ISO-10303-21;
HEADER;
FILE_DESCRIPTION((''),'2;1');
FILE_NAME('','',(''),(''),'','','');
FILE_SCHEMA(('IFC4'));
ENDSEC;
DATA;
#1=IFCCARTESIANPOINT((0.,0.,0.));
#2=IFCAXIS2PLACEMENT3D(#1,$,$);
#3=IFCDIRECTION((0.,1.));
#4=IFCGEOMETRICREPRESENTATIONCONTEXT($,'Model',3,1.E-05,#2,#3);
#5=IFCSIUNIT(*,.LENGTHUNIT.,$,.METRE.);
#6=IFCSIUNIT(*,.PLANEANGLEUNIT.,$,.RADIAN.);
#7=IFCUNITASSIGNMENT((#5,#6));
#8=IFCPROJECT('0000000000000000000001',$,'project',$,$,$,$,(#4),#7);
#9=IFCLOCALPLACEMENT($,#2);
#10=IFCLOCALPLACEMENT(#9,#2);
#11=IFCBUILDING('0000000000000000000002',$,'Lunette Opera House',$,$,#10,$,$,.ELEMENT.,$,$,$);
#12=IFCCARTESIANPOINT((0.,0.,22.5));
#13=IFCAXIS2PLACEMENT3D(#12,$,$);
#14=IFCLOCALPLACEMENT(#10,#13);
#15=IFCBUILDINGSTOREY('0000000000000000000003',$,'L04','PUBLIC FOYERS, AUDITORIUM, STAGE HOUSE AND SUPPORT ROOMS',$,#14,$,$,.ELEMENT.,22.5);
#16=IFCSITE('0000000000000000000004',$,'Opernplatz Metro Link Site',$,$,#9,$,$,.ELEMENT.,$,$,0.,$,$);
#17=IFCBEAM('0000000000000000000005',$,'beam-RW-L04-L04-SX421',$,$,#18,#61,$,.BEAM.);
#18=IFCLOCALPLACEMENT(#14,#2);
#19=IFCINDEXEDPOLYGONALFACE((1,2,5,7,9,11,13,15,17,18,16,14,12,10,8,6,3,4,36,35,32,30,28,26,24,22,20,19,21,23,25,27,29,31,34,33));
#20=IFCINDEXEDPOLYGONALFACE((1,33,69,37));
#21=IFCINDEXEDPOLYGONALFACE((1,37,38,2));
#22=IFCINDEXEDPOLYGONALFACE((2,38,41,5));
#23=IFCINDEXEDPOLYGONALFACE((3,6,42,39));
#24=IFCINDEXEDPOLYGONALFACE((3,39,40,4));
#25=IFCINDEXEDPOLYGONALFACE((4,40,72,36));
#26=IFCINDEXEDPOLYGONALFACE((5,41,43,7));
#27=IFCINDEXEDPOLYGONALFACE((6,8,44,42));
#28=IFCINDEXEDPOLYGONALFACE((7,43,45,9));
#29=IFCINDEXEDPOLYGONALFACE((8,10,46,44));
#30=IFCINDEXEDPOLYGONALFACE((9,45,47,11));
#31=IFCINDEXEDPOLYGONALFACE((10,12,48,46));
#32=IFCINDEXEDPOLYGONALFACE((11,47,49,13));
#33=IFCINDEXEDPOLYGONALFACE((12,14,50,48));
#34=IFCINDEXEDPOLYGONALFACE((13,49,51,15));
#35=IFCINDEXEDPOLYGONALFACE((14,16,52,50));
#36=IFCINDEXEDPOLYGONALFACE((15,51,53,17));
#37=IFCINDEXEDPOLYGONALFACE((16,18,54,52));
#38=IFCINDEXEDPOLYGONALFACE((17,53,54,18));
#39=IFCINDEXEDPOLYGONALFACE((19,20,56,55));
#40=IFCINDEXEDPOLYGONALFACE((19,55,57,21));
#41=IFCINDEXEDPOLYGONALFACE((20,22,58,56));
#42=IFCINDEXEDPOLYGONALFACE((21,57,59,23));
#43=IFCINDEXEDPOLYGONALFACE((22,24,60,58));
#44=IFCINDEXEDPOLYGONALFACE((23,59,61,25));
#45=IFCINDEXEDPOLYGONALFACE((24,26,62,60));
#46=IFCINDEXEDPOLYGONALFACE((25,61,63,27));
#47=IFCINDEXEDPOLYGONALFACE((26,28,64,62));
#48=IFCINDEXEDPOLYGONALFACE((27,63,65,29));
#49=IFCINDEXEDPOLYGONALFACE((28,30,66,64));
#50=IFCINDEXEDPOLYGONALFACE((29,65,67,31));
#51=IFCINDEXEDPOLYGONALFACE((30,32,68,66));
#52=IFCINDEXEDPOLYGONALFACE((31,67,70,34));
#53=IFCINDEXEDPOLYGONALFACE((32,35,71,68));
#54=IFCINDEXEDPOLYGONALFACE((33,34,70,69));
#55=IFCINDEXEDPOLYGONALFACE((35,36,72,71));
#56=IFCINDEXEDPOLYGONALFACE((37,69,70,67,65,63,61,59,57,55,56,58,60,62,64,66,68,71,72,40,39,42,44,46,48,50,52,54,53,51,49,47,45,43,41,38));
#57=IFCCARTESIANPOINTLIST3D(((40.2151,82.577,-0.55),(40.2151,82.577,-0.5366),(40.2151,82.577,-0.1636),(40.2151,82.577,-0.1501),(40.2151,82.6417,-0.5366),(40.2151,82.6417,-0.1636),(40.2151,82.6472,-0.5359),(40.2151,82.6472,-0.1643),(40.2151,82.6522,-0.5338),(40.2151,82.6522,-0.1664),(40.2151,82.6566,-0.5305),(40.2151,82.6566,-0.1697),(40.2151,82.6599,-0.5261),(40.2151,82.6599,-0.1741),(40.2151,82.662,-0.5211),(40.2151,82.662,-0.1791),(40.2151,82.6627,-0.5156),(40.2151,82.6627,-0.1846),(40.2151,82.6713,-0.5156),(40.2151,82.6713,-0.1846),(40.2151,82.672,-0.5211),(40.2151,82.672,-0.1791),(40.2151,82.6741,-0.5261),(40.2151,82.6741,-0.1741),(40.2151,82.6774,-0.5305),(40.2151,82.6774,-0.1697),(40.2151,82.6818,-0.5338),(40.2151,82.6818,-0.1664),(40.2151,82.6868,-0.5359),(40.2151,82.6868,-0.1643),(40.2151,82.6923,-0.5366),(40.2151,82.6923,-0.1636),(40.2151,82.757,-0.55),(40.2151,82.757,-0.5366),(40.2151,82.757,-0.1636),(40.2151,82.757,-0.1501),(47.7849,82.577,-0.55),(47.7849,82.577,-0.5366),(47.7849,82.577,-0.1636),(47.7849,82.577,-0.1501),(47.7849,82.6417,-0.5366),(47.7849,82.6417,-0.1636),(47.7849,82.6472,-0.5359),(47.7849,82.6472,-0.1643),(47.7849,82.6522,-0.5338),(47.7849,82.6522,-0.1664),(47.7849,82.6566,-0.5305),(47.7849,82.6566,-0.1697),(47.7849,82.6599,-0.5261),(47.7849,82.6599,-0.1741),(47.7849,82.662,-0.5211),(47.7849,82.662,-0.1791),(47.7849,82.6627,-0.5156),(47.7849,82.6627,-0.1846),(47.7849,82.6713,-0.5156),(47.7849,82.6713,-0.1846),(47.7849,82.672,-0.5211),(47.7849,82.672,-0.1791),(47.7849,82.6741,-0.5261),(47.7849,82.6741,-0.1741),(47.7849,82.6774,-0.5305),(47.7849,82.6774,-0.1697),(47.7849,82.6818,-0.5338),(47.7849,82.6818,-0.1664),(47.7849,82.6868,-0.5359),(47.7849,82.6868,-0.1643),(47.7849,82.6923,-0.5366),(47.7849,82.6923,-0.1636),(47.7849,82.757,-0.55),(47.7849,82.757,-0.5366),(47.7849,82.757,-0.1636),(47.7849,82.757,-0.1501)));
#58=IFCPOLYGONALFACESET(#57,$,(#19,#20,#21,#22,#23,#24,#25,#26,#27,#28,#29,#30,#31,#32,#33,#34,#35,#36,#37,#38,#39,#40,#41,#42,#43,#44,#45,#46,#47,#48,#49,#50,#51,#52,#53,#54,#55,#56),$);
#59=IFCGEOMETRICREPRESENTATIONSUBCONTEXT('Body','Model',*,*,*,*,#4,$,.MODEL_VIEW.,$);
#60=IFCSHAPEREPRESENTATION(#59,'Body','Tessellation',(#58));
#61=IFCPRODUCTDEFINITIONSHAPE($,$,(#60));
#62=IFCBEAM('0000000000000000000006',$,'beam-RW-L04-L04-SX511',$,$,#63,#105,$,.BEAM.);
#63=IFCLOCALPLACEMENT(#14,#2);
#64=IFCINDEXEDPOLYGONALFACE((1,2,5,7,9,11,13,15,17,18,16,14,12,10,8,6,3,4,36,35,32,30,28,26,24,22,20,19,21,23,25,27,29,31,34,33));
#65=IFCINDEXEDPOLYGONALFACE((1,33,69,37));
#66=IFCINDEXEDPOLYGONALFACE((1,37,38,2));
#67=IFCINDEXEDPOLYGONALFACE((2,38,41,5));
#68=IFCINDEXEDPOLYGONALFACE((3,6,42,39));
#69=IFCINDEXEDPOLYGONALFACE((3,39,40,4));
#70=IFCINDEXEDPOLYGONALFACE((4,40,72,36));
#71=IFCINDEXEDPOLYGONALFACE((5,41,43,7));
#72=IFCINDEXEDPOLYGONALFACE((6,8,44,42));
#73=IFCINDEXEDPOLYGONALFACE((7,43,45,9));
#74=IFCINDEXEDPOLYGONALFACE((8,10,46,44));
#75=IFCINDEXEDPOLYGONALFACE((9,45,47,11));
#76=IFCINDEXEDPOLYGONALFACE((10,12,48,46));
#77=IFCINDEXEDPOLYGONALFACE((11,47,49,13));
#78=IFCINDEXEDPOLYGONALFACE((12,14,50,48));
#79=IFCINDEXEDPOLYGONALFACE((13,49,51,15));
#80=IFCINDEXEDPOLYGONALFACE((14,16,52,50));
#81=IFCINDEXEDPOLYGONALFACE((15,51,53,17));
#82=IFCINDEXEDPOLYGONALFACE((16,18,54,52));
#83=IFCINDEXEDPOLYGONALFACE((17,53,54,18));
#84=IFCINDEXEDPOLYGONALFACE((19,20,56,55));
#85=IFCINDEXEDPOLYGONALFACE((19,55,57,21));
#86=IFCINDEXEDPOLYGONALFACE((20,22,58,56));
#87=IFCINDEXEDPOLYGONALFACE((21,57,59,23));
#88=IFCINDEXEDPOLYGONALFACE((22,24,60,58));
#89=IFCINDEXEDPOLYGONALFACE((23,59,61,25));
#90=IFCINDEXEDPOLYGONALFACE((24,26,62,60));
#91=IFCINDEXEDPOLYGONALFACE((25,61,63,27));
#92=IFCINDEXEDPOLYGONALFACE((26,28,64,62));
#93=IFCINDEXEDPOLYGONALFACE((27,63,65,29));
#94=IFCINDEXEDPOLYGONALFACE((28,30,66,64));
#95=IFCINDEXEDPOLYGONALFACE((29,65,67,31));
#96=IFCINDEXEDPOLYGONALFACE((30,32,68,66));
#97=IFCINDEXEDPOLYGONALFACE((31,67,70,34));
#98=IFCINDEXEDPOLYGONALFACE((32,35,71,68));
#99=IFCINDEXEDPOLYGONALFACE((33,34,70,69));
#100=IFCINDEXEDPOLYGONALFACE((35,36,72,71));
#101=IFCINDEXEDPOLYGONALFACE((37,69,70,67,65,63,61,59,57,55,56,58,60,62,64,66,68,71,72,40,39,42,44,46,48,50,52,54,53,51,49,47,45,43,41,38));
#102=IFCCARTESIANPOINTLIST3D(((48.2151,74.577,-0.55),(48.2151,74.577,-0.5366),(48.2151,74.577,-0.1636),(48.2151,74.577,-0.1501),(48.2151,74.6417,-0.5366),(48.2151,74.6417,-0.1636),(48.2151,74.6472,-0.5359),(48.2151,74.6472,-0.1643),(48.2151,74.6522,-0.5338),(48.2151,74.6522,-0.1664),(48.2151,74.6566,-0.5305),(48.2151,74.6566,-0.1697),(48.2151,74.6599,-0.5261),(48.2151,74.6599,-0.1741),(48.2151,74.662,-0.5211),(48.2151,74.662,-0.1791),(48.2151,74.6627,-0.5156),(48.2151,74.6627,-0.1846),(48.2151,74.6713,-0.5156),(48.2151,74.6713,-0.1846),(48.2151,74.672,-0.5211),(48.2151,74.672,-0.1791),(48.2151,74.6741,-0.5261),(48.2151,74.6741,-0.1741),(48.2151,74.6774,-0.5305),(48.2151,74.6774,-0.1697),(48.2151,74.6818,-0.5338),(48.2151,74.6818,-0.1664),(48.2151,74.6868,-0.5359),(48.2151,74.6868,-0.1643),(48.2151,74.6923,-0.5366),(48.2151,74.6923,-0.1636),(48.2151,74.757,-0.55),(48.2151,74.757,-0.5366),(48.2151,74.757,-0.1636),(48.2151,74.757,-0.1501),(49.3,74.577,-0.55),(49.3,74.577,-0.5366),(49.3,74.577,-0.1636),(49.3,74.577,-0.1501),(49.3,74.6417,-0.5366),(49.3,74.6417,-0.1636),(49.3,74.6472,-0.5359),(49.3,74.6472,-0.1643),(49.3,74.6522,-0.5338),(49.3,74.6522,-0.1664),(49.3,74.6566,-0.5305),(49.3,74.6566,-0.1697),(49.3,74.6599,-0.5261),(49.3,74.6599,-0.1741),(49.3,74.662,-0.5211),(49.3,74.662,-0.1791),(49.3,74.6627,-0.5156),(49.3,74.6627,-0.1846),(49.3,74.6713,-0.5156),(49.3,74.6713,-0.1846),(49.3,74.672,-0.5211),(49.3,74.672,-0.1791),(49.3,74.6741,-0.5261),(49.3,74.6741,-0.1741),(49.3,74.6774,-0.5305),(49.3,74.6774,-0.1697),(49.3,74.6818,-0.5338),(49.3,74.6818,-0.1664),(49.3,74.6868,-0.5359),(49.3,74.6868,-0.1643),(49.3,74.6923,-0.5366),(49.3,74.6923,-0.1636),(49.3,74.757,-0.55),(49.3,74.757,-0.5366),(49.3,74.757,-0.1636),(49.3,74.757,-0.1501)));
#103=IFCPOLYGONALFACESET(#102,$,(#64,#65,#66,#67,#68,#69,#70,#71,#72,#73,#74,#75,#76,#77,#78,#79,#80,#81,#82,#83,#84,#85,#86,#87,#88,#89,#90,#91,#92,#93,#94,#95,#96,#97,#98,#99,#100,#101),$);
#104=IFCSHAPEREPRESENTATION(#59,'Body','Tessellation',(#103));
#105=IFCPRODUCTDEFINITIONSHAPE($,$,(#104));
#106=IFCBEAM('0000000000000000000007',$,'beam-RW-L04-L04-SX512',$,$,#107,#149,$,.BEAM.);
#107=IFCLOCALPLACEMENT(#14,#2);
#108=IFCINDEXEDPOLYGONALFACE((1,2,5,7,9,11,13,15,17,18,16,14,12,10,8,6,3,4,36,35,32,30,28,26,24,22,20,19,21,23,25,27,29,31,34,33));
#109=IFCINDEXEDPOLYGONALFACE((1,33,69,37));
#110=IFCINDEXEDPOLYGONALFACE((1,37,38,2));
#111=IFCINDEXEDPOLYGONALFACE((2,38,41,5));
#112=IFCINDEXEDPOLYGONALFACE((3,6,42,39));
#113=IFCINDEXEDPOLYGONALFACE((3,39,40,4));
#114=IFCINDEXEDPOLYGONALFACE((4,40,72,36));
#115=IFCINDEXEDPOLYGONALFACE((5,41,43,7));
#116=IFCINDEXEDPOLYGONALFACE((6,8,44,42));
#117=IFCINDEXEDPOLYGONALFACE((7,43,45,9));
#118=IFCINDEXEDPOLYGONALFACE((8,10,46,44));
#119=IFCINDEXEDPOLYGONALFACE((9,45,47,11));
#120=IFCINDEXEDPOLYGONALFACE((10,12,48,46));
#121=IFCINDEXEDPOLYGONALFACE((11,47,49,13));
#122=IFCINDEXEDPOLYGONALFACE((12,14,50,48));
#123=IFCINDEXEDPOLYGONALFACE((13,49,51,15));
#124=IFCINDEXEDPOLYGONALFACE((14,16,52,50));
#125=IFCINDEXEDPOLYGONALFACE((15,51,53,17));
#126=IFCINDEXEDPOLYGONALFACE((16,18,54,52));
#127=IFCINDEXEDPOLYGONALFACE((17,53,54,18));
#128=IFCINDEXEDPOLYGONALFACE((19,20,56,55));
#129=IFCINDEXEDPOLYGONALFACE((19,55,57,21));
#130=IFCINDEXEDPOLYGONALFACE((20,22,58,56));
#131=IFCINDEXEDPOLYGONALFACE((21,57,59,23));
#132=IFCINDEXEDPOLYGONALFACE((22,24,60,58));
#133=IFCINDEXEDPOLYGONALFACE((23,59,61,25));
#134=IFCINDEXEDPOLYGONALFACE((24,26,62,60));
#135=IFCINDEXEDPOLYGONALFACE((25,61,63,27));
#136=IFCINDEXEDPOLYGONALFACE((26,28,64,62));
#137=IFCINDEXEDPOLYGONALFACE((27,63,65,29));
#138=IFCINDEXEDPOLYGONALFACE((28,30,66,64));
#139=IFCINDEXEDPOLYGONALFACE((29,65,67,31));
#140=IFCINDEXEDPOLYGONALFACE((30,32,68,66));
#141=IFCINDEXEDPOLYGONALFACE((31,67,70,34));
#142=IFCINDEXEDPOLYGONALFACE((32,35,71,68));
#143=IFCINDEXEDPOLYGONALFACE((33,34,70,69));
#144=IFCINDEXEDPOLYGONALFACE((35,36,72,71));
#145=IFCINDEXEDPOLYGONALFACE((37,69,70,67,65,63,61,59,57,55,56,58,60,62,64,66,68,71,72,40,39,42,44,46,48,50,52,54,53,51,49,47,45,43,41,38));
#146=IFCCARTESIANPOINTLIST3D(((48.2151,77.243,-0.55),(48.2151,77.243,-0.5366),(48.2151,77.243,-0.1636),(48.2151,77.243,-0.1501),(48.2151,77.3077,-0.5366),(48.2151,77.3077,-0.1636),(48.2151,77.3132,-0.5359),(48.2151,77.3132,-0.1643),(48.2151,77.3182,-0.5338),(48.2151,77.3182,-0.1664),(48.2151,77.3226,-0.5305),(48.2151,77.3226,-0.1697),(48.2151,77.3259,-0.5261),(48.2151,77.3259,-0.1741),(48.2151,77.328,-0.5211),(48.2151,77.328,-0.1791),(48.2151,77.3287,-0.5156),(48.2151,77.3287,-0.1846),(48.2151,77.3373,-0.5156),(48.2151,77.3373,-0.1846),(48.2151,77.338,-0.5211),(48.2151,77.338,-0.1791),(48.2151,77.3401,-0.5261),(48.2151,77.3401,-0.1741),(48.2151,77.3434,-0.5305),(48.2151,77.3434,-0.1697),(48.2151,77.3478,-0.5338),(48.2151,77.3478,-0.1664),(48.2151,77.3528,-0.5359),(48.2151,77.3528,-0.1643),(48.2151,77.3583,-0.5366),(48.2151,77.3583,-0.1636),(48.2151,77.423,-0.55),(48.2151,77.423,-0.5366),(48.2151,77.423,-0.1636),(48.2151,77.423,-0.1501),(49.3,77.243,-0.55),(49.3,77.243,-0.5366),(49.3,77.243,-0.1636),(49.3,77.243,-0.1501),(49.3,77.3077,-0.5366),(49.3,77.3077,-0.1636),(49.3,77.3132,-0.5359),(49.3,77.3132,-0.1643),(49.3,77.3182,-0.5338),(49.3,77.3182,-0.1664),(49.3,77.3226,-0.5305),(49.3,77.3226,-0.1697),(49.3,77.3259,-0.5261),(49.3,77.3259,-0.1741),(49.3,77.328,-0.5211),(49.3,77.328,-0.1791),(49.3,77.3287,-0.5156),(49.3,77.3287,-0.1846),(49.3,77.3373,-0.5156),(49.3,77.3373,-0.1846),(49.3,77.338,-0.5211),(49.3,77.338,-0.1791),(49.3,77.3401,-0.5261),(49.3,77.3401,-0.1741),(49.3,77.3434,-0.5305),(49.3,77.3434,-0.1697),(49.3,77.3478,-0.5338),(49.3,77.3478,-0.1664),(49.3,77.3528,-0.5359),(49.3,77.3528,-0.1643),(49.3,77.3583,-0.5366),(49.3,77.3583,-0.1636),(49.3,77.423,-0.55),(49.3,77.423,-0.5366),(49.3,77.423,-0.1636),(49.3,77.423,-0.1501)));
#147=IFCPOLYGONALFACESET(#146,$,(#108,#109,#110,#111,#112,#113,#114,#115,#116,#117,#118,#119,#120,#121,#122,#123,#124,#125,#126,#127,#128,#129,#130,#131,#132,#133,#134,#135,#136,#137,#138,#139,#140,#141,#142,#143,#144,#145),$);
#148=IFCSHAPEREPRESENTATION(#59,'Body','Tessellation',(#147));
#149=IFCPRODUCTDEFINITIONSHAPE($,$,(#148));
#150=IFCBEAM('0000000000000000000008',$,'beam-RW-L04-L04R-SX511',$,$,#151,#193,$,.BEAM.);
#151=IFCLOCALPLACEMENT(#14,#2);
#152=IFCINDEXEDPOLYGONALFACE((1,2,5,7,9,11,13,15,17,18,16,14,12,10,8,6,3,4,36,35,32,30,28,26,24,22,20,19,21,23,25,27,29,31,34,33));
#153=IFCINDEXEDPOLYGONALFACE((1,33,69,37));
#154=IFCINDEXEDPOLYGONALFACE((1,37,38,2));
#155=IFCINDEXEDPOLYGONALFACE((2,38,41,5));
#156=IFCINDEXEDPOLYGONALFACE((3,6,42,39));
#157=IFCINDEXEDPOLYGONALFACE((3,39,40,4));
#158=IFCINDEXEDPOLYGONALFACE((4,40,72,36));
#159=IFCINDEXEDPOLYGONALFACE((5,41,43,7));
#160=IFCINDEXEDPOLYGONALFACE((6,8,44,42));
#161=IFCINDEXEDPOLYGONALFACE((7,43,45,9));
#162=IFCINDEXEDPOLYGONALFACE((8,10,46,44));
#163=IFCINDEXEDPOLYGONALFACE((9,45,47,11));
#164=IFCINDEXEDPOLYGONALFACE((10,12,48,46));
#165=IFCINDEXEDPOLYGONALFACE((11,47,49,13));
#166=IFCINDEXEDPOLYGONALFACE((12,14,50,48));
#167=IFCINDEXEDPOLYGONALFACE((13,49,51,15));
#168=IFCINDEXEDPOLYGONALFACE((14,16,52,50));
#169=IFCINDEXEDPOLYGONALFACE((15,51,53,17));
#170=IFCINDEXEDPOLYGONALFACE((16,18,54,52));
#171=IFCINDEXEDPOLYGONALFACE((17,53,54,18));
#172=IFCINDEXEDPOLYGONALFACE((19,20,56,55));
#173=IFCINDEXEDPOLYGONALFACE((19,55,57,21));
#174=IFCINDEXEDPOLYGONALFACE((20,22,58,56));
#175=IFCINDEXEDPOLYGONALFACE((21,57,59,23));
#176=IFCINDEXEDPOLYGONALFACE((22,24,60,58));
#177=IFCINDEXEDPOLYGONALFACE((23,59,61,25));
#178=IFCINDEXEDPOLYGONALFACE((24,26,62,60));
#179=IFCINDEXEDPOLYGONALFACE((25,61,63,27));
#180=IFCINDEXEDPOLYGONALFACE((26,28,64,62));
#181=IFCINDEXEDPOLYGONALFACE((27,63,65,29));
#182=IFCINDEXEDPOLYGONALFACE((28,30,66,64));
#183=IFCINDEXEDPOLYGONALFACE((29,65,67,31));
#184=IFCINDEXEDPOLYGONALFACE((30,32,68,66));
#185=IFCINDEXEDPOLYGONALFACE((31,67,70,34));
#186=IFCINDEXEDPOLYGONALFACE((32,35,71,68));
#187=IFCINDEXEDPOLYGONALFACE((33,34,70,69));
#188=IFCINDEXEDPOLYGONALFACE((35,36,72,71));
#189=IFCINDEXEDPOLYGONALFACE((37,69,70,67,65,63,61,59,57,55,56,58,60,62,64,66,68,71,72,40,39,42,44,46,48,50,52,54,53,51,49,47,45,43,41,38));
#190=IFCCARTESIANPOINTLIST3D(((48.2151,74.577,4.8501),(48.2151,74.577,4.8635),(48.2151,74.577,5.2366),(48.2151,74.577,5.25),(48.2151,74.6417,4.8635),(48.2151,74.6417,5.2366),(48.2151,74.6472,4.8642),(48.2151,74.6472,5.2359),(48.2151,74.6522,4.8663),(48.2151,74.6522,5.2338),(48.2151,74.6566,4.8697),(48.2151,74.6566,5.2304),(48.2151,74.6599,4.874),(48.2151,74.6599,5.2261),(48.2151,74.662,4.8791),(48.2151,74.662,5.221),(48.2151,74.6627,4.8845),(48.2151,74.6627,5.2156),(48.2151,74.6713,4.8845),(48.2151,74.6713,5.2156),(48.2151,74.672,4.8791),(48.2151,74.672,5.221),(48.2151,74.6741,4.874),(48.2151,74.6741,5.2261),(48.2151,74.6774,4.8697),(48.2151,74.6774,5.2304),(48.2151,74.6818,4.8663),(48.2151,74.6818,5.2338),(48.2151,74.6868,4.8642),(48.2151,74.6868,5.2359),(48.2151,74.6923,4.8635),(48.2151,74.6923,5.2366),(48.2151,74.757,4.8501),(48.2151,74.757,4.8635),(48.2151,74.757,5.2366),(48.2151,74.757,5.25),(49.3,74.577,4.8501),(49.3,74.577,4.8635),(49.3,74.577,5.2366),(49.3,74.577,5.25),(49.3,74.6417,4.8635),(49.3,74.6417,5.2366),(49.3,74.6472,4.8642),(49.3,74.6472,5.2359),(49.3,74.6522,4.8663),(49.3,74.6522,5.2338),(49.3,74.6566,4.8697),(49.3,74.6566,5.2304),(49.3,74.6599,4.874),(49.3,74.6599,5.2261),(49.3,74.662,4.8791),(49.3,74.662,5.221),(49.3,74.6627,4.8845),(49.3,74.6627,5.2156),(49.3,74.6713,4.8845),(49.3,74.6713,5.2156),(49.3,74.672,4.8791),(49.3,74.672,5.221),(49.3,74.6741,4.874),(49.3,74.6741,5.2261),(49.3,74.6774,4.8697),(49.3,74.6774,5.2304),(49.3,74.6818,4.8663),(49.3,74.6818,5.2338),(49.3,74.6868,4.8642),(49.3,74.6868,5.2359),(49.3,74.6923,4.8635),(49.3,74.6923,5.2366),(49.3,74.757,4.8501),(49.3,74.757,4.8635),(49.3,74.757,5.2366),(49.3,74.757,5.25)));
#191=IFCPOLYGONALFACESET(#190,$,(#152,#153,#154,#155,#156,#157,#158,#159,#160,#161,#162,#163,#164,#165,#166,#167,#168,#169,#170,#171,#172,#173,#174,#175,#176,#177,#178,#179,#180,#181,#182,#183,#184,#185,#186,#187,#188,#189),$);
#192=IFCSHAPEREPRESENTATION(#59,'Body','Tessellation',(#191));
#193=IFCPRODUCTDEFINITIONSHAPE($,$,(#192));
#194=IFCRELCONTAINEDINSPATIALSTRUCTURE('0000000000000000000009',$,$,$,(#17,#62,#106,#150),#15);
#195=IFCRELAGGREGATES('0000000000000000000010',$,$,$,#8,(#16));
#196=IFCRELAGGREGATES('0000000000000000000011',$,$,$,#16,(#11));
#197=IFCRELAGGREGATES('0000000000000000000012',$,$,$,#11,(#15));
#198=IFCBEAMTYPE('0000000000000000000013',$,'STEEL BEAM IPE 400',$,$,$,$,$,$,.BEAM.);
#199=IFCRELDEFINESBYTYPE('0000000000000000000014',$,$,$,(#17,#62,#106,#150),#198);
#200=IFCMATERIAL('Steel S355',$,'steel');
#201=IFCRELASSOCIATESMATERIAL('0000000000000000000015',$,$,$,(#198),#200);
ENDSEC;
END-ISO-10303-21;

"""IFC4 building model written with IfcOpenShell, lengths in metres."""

from ifc_helpers import new_model, si_unit, direction, frame, origin, origin_2d, place, context, subcontext, project, spatial, i_section, extrude, material, material_profile, profile_set, type_object, element, save


model = new_model("IFC4")

# Units and contexts
model_context = context("Model", 3, precision=1e-05, world=origin(), true_north=direction((0.0, 1.0)))
body_context = subcontext(model_context, "Body", "Model", "MODEL_VIEW")
ifc_project = project(units=[si_unit("LENGTHUNIT", "METRE"), si_unit("PLANEANGLEUNIT", "RADIAN")], contexts=[model_context])

# Site, building, storey
site_placement = place(None, origin())
site = spatial("IfcSite", under=ifc_project, at=site_placement, Name="Opernplatz Metro Link Site", CompositionType="ELEMENT", RefElevation=0.0)
building_placement = place(site_placement, origin())
building = spatial("IfcBuilding", under=site, at=building_placement, Name="Lunette Opera House", CompositionType="ELEMENT")
storey_placement = place(building_placement, frame((0.0, 0.0, 22.5)))
storey = spatial("IfcBuildingStorey", under=building, at=storey_placement, Name="L04", Description="PUBLIC FOYERS, AUDITORIUM, STAGE HOUSE AND SUPPORT ROOMS", CompositionType="ELEMENT", Elevation=22.5)

# Beams
ifc_material_1 = material(Name="Steel S355", Category="steel")
ifc_material_profile_1 = material_profile(ifc_material_1, i_section(OverallWidth=0.1799, OverallDepth=0.3999, WebThickness=0.0085, FlangeThickness=0.0134, FilletRadius=0.021, at=origin_2d()), Name="IPE 400")
ifc_profile_set_1 = profile_set([ifc_material_profile_1], Name="Steel S355")
beam_type_1 = type_object("IfcBeamType", Name="STEEL BEAM IPE 400", PredefinedType="BEAM", material=ifc_profile_set_1)
beam_1_placement = place(storey_placement, frame((40.2151, 82.667, -0.3501), z_axis=(1.0, 0.0, 0.0), x_axis=(0.0, 1.0, 0.0)))
element("IfcBeam", 1, at=beam_1_placement, inside=storey, type_object=beam_type_1, Name="beam-RW-L04-L04-SX421", PredefinedType="BEAM", context=body_context, shape_type="SweptSolid", body=[
    extrude(i_section(OverallWidth=0.1799, OverallDepth=0.3999, WebThickness=0.0085, FlangeThickness=0.0134, FilletRadius=0.021, at=origin_2d()), origin(), (0.0, 0.0, 1.0), 7.5698),
])
for number, where, z_axis, x_axis, name in (
    (2, (48.2151, 74.667, -0.3501), (1.0, 0.0, 0.0), (0.0, 1.0, 0.0), "beam-RW-L04-L04-SX511"),
    (3, (48.2151, 77.333, -0.3501), (1.0, 0.0, 0.0), (0.0, 1.0, 0.0), "beam-RW-L04-L04-SX512"),
    (4, (48.2151, 74.667, 5.05), (1.0, 0.0, 0.0), (0.0, 1.0, 0.0), "beam-RW-L04-L04R-SX511"),
):
    element("IfcBeam", number, at=place(storey_placement, frame(where, z_axis=z_axis, x_axis=x_axis)), inside=storey, type_object=beam_type_1, Name=name, PredefinedType="BEAM", context=body_context, shape_type="SweptSolid", body=[
        extrude(i_section(OverallWidth=0.1799, OverallDepth=0.3999, WebThickness=0.0085, FlangeThickness=0.0134, FilletRadius=0.021, at=origin_2d()), origin(), (0.0, 0.0, 1.0), 1.085),
    ])

save(model, "model.ifc")
